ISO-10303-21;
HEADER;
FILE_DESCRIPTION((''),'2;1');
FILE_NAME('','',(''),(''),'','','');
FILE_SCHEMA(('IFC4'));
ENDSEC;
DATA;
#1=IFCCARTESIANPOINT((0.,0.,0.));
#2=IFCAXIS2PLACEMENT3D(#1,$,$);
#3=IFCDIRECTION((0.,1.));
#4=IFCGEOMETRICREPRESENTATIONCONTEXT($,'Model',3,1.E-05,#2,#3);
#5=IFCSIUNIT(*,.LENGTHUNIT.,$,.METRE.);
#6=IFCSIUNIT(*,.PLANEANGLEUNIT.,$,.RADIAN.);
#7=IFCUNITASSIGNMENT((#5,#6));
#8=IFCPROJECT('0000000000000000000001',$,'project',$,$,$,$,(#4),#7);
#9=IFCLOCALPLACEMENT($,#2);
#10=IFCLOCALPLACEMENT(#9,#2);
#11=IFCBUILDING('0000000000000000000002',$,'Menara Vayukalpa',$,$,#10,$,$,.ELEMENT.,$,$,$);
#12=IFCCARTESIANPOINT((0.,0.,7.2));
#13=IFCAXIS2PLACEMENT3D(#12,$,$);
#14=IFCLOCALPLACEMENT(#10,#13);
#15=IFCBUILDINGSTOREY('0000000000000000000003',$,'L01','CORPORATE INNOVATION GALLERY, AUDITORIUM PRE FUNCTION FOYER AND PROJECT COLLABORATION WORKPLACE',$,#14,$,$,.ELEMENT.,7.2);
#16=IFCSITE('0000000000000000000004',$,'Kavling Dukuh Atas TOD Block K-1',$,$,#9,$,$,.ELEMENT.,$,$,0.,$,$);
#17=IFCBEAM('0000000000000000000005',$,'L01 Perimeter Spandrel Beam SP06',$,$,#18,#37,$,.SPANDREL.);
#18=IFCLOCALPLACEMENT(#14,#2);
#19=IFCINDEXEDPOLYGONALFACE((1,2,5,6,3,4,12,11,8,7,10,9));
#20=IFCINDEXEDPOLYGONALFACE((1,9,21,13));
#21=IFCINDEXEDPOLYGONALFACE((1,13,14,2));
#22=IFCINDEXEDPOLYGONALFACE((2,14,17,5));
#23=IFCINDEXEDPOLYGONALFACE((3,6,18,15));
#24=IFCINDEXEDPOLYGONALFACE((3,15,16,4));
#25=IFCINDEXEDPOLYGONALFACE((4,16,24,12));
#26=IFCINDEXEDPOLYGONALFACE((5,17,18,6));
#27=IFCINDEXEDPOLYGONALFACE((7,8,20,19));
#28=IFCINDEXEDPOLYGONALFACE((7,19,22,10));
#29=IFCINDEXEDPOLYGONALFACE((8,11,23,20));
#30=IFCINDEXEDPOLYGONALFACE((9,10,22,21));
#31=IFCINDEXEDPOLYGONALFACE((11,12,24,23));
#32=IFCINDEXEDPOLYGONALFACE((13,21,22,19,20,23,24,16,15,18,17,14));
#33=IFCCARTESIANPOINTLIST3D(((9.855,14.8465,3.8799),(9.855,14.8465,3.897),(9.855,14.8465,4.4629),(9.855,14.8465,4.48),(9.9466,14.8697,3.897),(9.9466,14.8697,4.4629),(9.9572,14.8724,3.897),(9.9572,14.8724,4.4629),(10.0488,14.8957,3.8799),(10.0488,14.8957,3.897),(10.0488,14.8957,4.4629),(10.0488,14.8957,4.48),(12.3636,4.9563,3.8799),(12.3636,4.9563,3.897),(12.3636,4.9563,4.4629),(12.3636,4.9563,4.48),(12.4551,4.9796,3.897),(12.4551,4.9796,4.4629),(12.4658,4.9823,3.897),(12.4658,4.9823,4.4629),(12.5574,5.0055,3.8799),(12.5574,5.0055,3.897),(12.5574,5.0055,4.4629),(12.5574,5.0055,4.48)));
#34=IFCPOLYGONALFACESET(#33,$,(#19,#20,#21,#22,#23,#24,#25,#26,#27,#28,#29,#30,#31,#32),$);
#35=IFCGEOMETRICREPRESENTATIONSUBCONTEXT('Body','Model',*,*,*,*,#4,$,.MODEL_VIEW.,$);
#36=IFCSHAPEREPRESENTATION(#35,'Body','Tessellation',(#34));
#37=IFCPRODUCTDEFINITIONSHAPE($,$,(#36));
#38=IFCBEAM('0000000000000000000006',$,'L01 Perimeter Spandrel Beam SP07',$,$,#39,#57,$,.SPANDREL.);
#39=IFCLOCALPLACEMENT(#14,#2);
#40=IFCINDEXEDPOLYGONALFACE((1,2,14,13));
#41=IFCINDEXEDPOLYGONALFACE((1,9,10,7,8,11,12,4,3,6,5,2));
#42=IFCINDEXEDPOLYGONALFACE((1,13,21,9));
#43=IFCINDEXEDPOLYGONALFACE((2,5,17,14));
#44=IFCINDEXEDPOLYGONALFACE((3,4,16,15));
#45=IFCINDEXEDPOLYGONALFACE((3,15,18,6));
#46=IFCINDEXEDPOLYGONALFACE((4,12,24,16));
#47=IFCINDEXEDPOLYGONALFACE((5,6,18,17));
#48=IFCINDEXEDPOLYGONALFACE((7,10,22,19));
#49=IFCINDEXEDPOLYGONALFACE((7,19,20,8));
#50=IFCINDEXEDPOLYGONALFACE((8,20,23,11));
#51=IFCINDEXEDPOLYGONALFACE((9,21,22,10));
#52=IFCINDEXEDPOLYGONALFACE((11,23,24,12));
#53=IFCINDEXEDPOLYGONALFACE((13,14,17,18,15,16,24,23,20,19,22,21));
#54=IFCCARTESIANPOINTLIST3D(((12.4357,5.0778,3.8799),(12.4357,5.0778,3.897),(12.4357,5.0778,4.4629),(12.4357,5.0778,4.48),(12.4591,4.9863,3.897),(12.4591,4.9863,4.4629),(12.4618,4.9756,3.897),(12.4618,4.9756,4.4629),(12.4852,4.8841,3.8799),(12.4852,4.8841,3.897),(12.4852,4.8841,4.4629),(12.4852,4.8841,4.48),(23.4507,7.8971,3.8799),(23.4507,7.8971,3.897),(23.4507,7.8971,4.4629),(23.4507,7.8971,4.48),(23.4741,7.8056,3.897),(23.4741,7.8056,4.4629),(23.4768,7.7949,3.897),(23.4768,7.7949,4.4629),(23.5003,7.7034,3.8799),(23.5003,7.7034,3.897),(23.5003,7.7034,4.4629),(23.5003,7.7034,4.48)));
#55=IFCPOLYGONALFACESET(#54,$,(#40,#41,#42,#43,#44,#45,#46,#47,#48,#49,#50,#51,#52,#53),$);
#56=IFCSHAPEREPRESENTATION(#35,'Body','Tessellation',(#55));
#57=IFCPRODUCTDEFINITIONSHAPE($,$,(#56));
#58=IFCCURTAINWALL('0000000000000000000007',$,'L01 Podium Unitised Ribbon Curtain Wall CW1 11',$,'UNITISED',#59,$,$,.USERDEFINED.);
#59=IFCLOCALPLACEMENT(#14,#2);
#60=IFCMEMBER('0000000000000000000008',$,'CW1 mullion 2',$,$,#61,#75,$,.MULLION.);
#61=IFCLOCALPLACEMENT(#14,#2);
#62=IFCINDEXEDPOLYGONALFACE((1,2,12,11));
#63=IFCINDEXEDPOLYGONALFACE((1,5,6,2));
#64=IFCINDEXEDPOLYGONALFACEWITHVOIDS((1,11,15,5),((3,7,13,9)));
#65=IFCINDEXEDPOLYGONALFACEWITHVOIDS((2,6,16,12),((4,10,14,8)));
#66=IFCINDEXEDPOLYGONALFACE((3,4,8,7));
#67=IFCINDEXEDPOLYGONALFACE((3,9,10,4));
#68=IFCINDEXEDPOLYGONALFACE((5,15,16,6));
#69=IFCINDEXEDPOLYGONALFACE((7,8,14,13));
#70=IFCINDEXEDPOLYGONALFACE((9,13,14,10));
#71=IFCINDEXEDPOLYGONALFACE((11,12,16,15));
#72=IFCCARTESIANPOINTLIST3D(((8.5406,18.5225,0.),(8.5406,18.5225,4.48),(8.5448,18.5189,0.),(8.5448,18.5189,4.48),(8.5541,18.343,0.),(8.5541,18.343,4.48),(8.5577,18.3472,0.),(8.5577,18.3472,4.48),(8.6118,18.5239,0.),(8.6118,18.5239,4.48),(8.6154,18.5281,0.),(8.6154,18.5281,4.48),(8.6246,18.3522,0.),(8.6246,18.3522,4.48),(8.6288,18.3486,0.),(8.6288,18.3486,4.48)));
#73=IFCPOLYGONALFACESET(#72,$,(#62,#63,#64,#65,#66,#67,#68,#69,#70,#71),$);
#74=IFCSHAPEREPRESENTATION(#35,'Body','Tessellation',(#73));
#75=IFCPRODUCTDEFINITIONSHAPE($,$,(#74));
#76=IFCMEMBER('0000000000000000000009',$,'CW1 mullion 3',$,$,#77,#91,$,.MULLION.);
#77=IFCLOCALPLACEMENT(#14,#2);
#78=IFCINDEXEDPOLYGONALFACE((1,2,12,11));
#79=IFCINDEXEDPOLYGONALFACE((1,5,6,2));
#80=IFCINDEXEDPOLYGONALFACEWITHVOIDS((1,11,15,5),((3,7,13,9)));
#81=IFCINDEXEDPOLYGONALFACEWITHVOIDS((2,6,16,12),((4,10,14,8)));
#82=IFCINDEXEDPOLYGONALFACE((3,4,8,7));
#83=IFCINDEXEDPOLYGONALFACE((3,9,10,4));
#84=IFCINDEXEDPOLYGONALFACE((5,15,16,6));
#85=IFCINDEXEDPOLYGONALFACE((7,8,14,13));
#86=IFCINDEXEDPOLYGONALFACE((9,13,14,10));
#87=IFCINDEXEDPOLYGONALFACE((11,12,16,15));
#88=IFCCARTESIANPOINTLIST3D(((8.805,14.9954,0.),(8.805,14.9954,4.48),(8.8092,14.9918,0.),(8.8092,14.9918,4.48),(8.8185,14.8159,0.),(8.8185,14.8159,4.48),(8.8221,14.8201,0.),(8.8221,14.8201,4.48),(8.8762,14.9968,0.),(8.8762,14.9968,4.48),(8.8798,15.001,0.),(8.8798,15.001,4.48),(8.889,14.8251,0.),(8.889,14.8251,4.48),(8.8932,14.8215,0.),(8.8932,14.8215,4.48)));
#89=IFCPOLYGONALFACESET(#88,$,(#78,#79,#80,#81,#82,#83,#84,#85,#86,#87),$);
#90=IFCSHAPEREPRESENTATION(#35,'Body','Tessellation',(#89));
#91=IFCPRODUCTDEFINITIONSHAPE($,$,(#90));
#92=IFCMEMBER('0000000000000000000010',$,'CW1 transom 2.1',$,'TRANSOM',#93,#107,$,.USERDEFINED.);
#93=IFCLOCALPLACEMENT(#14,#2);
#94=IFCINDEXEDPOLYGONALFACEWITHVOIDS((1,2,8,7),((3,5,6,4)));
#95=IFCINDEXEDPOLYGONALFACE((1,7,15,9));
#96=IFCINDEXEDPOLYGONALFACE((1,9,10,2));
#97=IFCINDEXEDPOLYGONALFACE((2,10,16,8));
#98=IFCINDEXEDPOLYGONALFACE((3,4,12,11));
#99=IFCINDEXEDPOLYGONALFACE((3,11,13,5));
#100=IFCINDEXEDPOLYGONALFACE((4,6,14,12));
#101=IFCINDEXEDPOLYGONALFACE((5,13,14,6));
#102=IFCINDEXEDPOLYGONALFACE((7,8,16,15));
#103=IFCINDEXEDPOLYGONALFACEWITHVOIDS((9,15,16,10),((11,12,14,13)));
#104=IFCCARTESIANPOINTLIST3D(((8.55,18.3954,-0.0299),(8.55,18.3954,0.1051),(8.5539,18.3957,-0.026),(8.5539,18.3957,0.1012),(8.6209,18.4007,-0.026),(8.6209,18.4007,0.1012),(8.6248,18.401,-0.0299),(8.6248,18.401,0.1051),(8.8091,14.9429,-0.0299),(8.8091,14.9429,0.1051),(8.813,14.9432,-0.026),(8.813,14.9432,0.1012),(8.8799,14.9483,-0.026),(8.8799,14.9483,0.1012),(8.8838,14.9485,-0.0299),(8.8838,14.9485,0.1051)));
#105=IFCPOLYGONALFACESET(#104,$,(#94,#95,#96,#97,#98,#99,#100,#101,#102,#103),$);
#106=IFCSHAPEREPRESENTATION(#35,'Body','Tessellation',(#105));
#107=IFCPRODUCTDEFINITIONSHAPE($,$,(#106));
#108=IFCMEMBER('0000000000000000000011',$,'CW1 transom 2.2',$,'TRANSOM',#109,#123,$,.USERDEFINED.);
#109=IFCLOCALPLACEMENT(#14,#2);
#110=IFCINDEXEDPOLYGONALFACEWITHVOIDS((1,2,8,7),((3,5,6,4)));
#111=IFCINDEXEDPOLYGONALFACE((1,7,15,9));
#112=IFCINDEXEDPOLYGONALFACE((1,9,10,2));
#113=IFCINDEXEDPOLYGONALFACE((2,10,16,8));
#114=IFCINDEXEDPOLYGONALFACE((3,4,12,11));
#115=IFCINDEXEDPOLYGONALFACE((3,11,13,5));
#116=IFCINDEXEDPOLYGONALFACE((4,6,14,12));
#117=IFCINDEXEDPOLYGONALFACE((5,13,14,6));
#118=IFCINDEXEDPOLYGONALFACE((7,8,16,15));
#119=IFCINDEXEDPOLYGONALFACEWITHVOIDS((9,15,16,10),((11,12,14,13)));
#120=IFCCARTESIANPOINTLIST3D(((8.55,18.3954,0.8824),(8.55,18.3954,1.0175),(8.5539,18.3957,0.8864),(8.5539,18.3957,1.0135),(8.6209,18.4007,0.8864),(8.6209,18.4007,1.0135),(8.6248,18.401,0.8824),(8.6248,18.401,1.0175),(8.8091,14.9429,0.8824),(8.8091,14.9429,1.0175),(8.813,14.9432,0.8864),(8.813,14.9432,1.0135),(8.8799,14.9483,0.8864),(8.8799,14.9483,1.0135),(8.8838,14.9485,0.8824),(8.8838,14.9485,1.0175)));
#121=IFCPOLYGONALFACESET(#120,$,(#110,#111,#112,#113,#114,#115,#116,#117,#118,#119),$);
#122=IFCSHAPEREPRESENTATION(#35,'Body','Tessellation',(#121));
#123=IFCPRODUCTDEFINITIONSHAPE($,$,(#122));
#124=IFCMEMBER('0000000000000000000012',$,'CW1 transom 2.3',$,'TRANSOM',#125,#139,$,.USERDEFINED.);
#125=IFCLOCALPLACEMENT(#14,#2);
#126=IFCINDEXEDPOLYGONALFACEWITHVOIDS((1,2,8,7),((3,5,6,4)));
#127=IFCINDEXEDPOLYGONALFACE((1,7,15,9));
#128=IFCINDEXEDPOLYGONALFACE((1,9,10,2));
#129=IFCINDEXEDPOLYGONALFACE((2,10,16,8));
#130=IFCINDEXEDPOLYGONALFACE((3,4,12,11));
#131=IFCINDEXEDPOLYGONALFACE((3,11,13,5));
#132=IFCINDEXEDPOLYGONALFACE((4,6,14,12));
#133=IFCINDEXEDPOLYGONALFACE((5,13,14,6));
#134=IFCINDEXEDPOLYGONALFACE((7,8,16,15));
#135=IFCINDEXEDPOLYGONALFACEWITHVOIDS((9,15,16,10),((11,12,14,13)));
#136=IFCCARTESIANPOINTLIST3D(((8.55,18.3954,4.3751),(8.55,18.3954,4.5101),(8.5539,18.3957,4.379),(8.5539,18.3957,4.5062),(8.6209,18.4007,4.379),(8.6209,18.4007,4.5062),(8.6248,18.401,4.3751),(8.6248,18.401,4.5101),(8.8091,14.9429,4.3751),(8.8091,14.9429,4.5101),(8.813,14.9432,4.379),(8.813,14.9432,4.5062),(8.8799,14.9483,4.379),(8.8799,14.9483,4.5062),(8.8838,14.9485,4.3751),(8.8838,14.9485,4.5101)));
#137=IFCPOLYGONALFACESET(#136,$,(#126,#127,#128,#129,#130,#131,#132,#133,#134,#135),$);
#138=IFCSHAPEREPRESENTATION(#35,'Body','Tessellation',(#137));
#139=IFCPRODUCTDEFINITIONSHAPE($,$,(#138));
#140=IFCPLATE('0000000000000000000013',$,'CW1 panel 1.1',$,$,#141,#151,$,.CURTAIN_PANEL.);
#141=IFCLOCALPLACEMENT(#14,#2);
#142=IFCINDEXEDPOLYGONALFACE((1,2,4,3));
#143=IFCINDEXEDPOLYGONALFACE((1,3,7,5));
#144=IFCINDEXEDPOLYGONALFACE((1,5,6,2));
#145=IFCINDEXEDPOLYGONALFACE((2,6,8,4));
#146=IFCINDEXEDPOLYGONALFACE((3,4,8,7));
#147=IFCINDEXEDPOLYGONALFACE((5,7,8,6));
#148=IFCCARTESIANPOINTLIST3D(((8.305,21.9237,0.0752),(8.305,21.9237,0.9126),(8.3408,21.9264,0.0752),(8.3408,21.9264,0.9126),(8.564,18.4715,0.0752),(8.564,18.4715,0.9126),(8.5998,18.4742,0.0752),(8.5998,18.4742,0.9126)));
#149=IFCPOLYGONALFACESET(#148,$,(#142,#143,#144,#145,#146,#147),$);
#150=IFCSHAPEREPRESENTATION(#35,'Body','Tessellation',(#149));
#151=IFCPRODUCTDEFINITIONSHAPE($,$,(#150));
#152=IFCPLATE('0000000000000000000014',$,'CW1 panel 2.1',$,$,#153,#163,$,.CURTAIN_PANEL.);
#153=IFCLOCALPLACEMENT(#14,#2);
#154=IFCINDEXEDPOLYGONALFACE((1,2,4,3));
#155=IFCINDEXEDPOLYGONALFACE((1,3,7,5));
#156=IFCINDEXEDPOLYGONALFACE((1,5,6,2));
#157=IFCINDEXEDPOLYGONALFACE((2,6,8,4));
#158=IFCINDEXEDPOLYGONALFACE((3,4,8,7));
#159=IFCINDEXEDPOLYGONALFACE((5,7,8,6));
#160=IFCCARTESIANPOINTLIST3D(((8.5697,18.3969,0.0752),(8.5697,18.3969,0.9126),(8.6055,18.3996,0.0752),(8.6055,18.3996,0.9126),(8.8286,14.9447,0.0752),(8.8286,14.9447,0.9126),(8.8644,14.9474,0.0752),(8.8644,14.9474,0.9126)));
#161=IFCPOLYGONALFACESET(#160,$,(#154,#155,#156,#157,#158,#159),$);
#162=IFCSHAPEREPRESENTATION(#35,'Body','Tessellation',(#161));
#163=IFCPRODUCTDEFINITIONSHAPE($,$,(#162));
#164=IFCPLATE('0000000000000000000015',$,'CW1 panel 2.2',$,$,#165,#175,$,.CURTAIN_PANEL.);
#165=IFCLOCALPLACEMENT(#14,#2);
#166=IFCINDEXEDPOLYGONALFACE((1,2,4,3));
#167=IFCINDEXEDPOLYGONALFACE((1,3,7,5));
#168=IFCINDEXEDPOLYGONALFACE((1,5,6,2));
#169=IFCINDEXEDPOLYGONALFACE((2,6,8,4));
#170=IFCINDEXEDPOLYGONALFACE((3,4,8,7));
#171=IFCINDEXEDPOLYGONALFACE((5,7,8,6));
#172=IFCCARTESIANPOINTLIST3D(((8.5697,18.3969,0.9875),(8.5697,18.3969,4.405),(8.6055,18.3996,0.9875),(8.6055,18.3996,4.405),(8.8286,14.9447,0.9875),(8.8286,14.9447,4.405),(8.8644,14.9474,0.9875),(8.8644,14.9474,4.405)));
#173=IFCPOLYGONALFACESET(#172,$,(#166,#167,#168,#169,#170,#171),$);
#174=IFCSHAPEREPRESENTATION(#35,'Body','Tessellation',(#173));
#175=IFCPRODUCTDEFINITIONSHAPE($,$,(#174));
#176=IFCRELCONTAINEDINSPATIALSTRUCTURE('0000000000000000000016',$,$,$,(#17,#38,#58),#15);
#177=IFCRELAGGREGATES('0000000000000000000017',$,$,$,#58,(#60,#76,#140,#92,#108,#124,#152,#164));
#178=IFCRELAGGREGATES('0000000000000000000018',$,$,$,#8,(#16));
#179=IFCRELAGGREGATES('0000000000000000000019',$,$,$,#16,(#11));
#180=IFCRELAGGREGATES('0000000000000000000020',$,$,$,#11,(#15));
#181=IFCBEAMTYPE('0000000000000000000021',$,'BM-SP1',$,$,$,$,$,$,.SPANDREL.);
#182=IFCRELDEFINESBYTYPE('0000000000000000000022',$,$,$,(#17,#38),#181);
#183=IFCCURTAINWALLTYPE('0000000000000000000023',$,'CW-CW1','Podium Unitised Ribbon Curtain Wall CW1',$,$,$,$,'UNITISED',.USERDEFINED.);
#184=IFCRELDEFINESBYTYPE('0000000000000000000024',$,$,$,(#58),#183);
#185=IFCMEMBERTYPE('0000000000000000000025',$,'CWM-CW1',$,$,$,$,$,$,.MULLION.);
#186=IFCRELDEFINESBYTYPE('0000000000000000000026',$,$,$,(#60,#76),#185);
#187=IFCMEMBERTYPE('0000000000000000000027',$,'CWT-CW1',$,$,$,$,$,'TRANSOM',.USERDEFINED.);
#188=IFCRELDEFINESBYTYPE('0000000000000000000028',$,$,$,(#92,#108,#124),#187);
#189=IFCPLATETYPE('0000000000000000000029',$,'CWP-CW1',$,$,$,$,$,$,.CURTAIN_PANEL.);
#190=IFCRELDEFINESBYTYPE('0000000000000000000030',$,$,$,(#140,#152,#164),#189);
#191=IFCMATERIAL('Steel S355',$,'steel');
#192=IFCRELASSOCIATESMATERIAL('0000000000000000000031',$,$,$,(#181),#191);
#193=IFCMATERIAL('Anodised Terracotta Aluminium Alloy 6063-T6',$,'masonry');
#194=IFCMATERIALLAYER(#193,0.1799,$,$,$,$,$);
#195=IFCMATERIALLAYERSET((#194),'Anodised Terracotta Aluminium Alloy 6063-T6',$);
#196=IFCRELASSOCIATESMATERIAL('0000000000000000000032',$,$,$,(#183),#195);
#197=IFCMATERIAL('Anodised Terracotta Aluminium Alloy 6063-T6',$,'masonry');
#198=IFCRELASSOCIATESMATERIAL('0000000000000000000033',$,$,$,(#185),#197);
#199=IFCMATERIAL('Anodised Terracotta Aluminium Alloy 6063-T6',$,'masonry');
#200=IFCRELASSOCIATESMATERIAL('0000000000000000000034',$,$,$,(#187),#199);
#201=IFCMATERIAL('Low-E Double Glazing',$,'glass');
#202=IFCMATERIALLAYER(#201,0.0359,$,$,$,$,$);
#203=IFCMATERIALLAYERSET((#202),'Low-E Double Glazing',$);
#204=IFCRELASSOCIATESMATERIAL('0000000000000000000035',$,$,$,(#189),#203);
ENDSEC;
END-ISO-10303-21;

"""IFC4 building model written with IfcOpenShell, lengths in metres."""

from ifc_helpers import new_model, si_unit, direction, frame, origin, origin_2d, place, context, subcontext, project, spatial, rectangle, hollow_rectangle, i_section, extrude, material, layer, layer_set, material_profile, profile_set, type_object, element, aggregate, save


model = new_model("IFC4")

# Units and contexts
model_context = context("Model", 3, precision=1e-05, world=origin(), true_north=direction((0.0, 1.0)))
body_context = subcontext(model_context, "Body", "Model", "MODEL_VIEW")
ifc_project = project(units=[si_unit("LENGTHUNIT", "METRE"), si_unit("PLANEANGLEUNIT", "RADIAN")], contexts=[model_context])

# Site, building, storey
site_placement = place(None, origin())
site = spatial("IfcSite", under=ifc_project, at=site_placement, Name="Kavling Dukuh Atas TOD Block K-1", CompositionType="ELEMENT", RefElevation=0.0)
building_placement = place(site_placement, origin())
building = spatial("IfcBuilding", under=site, at=building_placement, Name="Menara Vayukalpa", CompositionType="ELEMENT")
storey_placement = place(building_placement, frame((0.0, 0.0, 7.2)))
storey = spatial("IfcBuildingStorey", under=building, at=storey_placement, Name="L01", Description="CORPORATE INNOVATION GALLERY, AUDITORIUM PRE FUNCTION FOYER AND PROJECT COLLABORATION WORKPLACE", CompositionType="ELEMENT", Elevation=7.2)

# Beams
ifc_material_1 = material(Name="Steel S355", Category="steel")
ifc_material_profile_1 = material_profile(ifc_material_1, i_section(OverallWidth=0.2, OverallDepth=0.6001, WebThickness=0.011, FlangeThickness=0.0171, at=origin_2d()), Name="WF 600x200x11x17")
ifc_profile_set_1 = profile_set([ifc_material_profile_1], Name="Steel S355")
beam_type_1 = type_object("IfcBeamType", Name="BM-SP1", PredefinedType="SPANDREL", material=ifc_profile_set_1)
beam_1_placement = place(storey_placement, frame((9.9519, 14.8711, 4.1799), z_axis=(0.245856, -0.969306, 0.0), x_axis=(0.969306, 0.245856, 0.0)))
element("IfcBeam", 1, at=beam_1_placement, inside=storey, type_object=beam_type_1, Name="L01 Perimeter Spandrel Beam SP06", PredefinedType="SPANDREL", context=body_context, shape_type="SweptSolid", body=[
    extrude(i_section(OverallWidth=0.2, OverallDepth=0.6001, WebThickness=0.011, FlangeThickness=0.0171, at=origin_2d()), origin(), (0.0, 0.0, 1.0), 10.2034),
])
beam_2_placement = place(storey_placement, frame((12.4604, 4.981, 4.1799), z_axis=(0.968771, 0.247958, 0.0), x_axis=(-0.247958, 0.968771, 0.0)))
element("IfcBeam", 2, at=beam_2_placement, inside=storey, type_object=beam_type_1, Name="L01 Perimeter Spandrel Beam SP07", PredefinedType="SPANDREL", context=body_context, shape_type="SweptSolid", body=[
    extrude(i_section(OverallWidth=0.2, OverallDepth=0.6001, WebThickness=0.011, FlangeThickness=0.0171, at=origin_2d()), origin(), (0.0, 0.0, 1.0), 11.3701),
])

# Curtain wall, members, plates
ifc_material_2 = material(Name="Anodised Terracotta Aluminium Alloy 6063-T6", Category="masonry")
ifc_layer_1 = layer(ifc_material_2, 0.1799)
ifc_layer_set_1 = layer_set([ifc_layer_1], Name="Anodised Terracotta Aluminium Alloy 6063-T6")
curtain_wall_type = type_object("IfcCurtainWallType", Name="CW-CW1", Description="Podium Unitised Ribbon Curtain Wall CW1", ElementType="UNITISED", PredefinedType="USERDEFINED", material=ifc_layer_set_1)
curtain_wall_placement = place(storey_placement, origin())
curtain_wall = element("IfcCurtainWall", 3, at=curtain_wall_placement, inside=storey, type_object=curtain_wall_type, Name="L01 Podium Unitised Ribbon Curtain Wall CW1 11", ObjectType="UNITISED", PredefinedType="USERDEFINED")
ifc_material_3 = material(Name="Anodised Terracotta Aluminium Alloy 6063-T6", Category="masonry")
ifc_material_profile_2 = material_profile(ifc_material_3, hollow_rectangle(XDim=0.075, YDim=0.1799, WallThickness=0.0039, at=origin_2d()), Name="ALU 75x180x4")
ifc_profile_set_2 = profile_set([ifc_material_profile_2], Name="Anodised Terracotta Aluminium Alloy 6063-T6")
member_type_1 = type_object("IfcMemberType", Name="CWM-CW1", PredefinedType="MULLION", material=ifc_profile_set_2)
member_1_placement = place(storey_placement, frame((8.5847, 18.4355, 0.0), z_axis=(0.0, 0.0, 1.0), x_axis=(0.997199, 0.074794, 0.0)))
member_1 = element("IfcMember", 4, at=member_1_placement, type_object=member_type_1, Name="CW1 mullion 2", PredefinedType="MULLION", context=body_context, shape_type="SweptSolid", body=[
    extrude(hollow_rectangle(XDim=0.075, YDim=0.1799, WallThickness=0.0039, at=origin_2d()), origin(), (0.0, 0.0, 1.0), 4.48),
])
member_2_placement = place(storey_placement, frame((8.8491, 14.9084, 0.0), z_axis=(0.0, 0.0, 1.0), x_axis=(0.997199, 0.074794, 0.0)))
member_2 = element("IfcMember", 5, at=member_2_placement, type_object=member_type_1, Name="CW1 mullion 3", PredefinedType="MULLION", context=body_context, shape_type="SweptSolid", body=[
    extrude(hollow_rectangle(XDim=0.075, YDim=0.1799, WallThickness=0.0039, at=origin_2d()), origin(), (0.0, 0.0, 1.0), 4.48),
])
ifc_material_4 = material(Name="Anodised Terracotta Aluminium Alloy 6063-T6", Category="masonry")
ifc_material_profile_3 = material_profile(ifc_material_4, hollow_rectangle(XDim=0.075, YDim=0.135, WallThickness=0.0039, at=origin_2d()), Name="ALU 75x135x4")
ifc_profile_set_3 = profile_set([ifc_material_profile_3], Name="Anodised Terracotta Aluminium Alloy 6063-T6")
member_type_2 = type_object("IfcMemberType", Name="CWT-CW1", ElementType="TRANSOM", PredefinedType="USERDEFINED", material=ifc_profile_set_3)
member_3_placement = place(storey_placement, frame((8.5874, 18.3982, 0.0376), z_axis=(0.07482, -0.997197, 0.0), x_axis=(0.997197, 0.07482, 0.0)))
member_3 = element("IfcMember", 6, at=member_3_placement, type_object=member_type_2, Name="CW1 transom 2.1", ObjectType="TRANSOM", PredefinedType="USERDEFINED", context=body_context, shape_type="SweptSolid", body=[
    extrude(hollow_rectangle(XDim=0.075, YDim=0.135, WallThickness=0.0039, at=origin_2d()), origin(), (0.0, 0.0, 1.0), 3.4622),
])
member_4_placement = place(storey_placement, frame((8.5874, 18.3982, 0.95), z_axis=(0.07482, -0.997197, 0.0), x_axis=(0.997197, 0.07482, 0.0)))
member_4 = element("IfcMember", 7, at=member_4_placement, type_object=member_type_2, Name="CW1 transom 2.2", ObjectType="TRANSOM", PredefinedType="USERDEFINED", context=body_context, shape_type="SweptSolid", body=[
    extrude(hollow_rectangle(XDim=0.075, YDim=0.135, WallThickness=0.0039, at=origin_2d()), origin(), (0.0, 0.0, 1.0), 3.4622),
])
member_5_placement = place(storey_placement, frame((8.5874, 18.3982, 4.4426), z_axis=(0.07482, -0.997197, 0.0), x_axis=(0.997197, 0.07482, 0.0)))
member_5 = element("IfcMember", 8, at=member_5_placement, type_object=member_type_2, Name="CW1 transom 2.3", ObjectType="TRANSOM", PredefinedType="USERDEFINED", context=body_context, shape_type="SweptSolid", body=[
    extrude(hollow_rectangle(XDim=0.075, YDim=0.135, WallThickness=0.0039, at=origin_2d()), origin(), (0.0, 0.0, 1.0), 3.4622),
])
ifc_material_5 = material(Name="Low-E Double Glazing", Category="glass")
ifc_layer_2 = layer(ifc_material_5, 0.0359)
ifc_layer_set_2 = layer_set([ifc_layer_2], Name="Low-E Double Glazing")
plate_type = type_object("IfcPlateType", Name="CWP-CW1", PredefinedType="CURTAIN_PANEL", material=ifc_layer_set_2)
plate_1_placement = place(storey_placement, frame((8.4524, 20.199, 0.0752), z_axis=(0.0, 0.0, 1.0), x_axis=(0.074794, -0.997199, 0.0)))
plate_1 = element("IfcPlate", 9, at=plate_1_placement, type_object=plate_type, Name="CW1 panel 1.1", PredefinedType="CURTAIN_PANEL", context=body_context, shape_type="SweptSolid", body=[
    extrude(rectangle(XDim=3.4619, YDim=0.0359, at=origin_2d()), origin(), (0.0, 0.0, 1.0), 0.8374),
])
plate_2_placement = place(storey_placement, frame((8.717, 16.6721, 0.0752), z_axis=(0.0, 0.0, 1.0), x_axis=(0.074794, -0.997199, 0.0)))
plate_2 = element("IfcPlate", 10, at=plate_2_placement, type_object=plate_type, Name="CW1 panel 2.1", PredefinedType="CURTAIN_PANEL", context=body_context, shape_type="SweptSolid", body=[
    extrude(rectangle(XDim=3.4619, YDim=0.0359, at=origin_2d()), origin(), (0.0, 0.0, 1.0), 0.8374),
])
plate_3_placement = place(storey_placement, frame((8.717, 16.6721, 0.9875), z_axis=(0.0, 0.0, 1.0), x_axis=(0.074794, -0.997199, 0.0)))
plate_3 = element("IfcPlate", 11, at=plate_3_placement, type_object=plate_type, Name="CW1 panel 2.2", PredefinedType="CURTAIN_PANEL", context=body_context, shape_type="SweptSolid", body=[
    extrude(rectangle(XDim=3.4619, YDim=0.0359, at=origin_2d()), origin(), (0.0, 0.0, 1.0), 3.4175),
])
aggregate(curtain_wall, [member_1, member_2, plate_1, member_3, member_4, member_5, plate_2, plate_3])

save(model, "model.ifc")
